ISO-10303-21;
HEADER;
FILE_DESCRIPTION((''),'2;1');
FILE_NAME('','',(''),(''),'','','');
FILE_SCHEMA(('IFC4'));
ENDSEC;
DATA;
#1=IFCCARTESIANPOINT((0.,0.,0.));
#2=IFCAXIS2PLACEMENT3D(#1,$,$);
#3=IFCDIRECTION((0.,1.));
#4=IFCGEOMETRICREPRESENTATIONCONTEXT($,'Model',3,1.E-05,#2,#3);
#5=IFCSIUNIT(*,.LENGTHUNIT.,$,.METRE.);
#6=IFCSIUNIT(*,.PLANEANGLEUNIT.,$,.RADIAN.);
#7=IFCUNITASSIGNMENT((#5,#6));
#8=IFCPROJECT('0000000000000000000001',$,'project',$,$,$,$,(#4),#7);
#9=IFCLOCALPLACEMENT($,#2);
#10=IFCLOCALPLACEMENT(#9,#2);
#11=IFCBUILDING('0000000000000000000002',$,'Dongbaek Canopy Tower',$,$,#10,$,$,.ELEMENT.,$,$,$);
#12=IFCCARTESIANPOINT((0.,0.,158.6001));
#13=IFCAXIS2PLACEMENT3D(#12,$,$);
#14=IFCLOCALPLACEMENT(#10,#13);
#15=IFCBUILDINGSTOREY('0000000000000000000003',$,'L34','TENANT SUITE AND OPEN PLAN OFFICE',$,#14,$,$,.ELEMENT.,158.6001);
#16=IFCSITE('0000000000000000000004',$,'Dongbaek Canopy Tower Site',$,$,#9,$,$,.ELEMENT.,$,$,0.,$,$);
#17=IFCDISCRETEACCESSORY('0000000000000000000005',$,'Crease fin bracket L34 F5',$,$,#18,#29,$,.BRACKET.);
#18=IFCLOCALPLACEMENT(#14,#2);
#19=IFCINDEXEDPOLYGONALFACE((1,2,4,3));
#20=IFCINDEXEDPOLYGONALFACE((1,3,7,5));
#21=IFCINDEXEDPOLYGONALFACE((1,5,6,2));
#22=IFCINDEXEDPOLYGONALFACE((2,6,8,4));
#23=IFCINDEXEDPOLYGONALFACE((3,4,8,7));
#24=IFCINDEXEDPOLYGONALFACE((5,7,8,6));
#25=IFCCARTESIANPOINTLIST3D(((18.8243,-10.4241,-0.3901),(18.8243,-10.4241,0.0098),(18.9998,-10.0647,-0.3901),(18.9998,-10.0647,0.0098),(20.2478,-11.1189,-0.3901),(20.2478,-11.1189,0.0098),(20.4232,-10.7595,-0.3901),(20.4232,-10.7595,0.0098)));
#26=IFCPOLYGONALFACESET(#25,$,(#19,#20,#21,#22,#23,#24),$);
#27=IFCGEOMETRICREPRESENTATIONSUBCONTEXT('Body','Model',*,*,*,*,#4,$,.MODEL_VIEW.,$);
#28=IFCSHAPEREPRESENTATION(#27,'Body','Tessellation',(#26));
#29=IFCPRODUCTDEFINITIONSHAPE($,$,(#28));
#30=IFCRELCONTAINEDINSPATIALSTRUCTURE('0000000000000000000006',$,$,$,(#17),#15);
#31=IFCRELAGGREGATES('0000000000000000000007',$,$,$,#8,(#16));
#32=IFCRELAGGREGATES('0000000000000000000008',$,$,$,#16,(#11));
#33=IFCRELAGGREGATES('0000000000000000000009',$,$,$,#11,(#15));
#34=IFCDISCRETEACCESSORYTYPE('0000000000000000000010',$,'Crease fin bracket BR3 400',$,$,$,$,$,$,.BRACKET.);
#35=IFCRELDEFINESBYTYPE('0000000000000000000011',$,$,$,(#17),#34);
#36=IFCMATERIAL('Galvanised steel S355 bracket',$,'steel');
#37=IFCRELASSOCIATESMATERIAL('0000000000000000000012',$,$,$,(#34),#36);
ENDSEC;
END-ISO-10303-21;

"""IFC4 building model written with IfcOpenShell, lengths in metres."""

from ifc_helpers import new_model, si_unit, direction, frame, origin, origin_2d, place, context, subcontext, project, spatial, rectangle, extrude, material, type_object, element, save


model = new_model("IFC4")

# Units and contexts
model_context = context("Model", 3, precision=1e-05, world=origin(), true_north=direction((0.0, 1.0)))
body_context = subcontext(model_context, "Body", "Model", "MODEL_VIEW")
ifc_project = project(units=[si_unit("LENGTHUNIT", "METRE"), si_unit("PLANEANGLEUNIT", "RADIAN")], contexts=[model_context])

# Site, building, storey
site_placement = place(None, origin())
site = spatial("IfcSite", under=ifc_project, at=site_placement, Name="Dongbaek Canopy Tower Site", CompositionType="ELEMENT", RefElevation=0.0)
building_placement = place(site_placement, origin())
building = spatial("IfcBuilding", under=site, at=building_placement, Name="Dongbaek Canopy Tower", CompositionType="ELEMENT")
storey_placement = place(building_placement, frame((0.0, 0.0, 158.6001)))
storey = spatial("IfcBuildingStorey", under=building, at=storey_placement, Name="L34", Description="TENANT SUITE AND OPEN PLAN OFFICE", CompositionType="ELEMENT", Elevation=158.6001)

# Discrete accessory
ifc_material_1 = material(Name="Galvanised steel S355 bracket", Category="steel")
discrete_accessory_type = type_object("IfcDiscreteAccessoryType", Name="Crease fin bracket BR3 400", PredefinedType="BRACKET", material=ifc_material_1)
discrete_accessory_placement = place(storey_placement, frame((19.6238, -10.5918, -0.3901), z_axis=(0.0, 0.0, 1.0), x_axis=(0.898651, -0.438664, 0.0)))
element("IfcDiscreteAccessory", 1, at=discrete_accessory_placement, inside=storey, type_object=discrete_accessory_type, Name="Crease fin bracket L34 F5", PredefinedType="BRACKET", context=body_context, shape_type="SweptSolid", body=[
    extrude(rectangle(XDim=1.584, YDim=0.3999, at=origin_2d()), origin(), (0.0, 0.0, 1.0), 0.3999),
])

save(model, "model.ifc")
